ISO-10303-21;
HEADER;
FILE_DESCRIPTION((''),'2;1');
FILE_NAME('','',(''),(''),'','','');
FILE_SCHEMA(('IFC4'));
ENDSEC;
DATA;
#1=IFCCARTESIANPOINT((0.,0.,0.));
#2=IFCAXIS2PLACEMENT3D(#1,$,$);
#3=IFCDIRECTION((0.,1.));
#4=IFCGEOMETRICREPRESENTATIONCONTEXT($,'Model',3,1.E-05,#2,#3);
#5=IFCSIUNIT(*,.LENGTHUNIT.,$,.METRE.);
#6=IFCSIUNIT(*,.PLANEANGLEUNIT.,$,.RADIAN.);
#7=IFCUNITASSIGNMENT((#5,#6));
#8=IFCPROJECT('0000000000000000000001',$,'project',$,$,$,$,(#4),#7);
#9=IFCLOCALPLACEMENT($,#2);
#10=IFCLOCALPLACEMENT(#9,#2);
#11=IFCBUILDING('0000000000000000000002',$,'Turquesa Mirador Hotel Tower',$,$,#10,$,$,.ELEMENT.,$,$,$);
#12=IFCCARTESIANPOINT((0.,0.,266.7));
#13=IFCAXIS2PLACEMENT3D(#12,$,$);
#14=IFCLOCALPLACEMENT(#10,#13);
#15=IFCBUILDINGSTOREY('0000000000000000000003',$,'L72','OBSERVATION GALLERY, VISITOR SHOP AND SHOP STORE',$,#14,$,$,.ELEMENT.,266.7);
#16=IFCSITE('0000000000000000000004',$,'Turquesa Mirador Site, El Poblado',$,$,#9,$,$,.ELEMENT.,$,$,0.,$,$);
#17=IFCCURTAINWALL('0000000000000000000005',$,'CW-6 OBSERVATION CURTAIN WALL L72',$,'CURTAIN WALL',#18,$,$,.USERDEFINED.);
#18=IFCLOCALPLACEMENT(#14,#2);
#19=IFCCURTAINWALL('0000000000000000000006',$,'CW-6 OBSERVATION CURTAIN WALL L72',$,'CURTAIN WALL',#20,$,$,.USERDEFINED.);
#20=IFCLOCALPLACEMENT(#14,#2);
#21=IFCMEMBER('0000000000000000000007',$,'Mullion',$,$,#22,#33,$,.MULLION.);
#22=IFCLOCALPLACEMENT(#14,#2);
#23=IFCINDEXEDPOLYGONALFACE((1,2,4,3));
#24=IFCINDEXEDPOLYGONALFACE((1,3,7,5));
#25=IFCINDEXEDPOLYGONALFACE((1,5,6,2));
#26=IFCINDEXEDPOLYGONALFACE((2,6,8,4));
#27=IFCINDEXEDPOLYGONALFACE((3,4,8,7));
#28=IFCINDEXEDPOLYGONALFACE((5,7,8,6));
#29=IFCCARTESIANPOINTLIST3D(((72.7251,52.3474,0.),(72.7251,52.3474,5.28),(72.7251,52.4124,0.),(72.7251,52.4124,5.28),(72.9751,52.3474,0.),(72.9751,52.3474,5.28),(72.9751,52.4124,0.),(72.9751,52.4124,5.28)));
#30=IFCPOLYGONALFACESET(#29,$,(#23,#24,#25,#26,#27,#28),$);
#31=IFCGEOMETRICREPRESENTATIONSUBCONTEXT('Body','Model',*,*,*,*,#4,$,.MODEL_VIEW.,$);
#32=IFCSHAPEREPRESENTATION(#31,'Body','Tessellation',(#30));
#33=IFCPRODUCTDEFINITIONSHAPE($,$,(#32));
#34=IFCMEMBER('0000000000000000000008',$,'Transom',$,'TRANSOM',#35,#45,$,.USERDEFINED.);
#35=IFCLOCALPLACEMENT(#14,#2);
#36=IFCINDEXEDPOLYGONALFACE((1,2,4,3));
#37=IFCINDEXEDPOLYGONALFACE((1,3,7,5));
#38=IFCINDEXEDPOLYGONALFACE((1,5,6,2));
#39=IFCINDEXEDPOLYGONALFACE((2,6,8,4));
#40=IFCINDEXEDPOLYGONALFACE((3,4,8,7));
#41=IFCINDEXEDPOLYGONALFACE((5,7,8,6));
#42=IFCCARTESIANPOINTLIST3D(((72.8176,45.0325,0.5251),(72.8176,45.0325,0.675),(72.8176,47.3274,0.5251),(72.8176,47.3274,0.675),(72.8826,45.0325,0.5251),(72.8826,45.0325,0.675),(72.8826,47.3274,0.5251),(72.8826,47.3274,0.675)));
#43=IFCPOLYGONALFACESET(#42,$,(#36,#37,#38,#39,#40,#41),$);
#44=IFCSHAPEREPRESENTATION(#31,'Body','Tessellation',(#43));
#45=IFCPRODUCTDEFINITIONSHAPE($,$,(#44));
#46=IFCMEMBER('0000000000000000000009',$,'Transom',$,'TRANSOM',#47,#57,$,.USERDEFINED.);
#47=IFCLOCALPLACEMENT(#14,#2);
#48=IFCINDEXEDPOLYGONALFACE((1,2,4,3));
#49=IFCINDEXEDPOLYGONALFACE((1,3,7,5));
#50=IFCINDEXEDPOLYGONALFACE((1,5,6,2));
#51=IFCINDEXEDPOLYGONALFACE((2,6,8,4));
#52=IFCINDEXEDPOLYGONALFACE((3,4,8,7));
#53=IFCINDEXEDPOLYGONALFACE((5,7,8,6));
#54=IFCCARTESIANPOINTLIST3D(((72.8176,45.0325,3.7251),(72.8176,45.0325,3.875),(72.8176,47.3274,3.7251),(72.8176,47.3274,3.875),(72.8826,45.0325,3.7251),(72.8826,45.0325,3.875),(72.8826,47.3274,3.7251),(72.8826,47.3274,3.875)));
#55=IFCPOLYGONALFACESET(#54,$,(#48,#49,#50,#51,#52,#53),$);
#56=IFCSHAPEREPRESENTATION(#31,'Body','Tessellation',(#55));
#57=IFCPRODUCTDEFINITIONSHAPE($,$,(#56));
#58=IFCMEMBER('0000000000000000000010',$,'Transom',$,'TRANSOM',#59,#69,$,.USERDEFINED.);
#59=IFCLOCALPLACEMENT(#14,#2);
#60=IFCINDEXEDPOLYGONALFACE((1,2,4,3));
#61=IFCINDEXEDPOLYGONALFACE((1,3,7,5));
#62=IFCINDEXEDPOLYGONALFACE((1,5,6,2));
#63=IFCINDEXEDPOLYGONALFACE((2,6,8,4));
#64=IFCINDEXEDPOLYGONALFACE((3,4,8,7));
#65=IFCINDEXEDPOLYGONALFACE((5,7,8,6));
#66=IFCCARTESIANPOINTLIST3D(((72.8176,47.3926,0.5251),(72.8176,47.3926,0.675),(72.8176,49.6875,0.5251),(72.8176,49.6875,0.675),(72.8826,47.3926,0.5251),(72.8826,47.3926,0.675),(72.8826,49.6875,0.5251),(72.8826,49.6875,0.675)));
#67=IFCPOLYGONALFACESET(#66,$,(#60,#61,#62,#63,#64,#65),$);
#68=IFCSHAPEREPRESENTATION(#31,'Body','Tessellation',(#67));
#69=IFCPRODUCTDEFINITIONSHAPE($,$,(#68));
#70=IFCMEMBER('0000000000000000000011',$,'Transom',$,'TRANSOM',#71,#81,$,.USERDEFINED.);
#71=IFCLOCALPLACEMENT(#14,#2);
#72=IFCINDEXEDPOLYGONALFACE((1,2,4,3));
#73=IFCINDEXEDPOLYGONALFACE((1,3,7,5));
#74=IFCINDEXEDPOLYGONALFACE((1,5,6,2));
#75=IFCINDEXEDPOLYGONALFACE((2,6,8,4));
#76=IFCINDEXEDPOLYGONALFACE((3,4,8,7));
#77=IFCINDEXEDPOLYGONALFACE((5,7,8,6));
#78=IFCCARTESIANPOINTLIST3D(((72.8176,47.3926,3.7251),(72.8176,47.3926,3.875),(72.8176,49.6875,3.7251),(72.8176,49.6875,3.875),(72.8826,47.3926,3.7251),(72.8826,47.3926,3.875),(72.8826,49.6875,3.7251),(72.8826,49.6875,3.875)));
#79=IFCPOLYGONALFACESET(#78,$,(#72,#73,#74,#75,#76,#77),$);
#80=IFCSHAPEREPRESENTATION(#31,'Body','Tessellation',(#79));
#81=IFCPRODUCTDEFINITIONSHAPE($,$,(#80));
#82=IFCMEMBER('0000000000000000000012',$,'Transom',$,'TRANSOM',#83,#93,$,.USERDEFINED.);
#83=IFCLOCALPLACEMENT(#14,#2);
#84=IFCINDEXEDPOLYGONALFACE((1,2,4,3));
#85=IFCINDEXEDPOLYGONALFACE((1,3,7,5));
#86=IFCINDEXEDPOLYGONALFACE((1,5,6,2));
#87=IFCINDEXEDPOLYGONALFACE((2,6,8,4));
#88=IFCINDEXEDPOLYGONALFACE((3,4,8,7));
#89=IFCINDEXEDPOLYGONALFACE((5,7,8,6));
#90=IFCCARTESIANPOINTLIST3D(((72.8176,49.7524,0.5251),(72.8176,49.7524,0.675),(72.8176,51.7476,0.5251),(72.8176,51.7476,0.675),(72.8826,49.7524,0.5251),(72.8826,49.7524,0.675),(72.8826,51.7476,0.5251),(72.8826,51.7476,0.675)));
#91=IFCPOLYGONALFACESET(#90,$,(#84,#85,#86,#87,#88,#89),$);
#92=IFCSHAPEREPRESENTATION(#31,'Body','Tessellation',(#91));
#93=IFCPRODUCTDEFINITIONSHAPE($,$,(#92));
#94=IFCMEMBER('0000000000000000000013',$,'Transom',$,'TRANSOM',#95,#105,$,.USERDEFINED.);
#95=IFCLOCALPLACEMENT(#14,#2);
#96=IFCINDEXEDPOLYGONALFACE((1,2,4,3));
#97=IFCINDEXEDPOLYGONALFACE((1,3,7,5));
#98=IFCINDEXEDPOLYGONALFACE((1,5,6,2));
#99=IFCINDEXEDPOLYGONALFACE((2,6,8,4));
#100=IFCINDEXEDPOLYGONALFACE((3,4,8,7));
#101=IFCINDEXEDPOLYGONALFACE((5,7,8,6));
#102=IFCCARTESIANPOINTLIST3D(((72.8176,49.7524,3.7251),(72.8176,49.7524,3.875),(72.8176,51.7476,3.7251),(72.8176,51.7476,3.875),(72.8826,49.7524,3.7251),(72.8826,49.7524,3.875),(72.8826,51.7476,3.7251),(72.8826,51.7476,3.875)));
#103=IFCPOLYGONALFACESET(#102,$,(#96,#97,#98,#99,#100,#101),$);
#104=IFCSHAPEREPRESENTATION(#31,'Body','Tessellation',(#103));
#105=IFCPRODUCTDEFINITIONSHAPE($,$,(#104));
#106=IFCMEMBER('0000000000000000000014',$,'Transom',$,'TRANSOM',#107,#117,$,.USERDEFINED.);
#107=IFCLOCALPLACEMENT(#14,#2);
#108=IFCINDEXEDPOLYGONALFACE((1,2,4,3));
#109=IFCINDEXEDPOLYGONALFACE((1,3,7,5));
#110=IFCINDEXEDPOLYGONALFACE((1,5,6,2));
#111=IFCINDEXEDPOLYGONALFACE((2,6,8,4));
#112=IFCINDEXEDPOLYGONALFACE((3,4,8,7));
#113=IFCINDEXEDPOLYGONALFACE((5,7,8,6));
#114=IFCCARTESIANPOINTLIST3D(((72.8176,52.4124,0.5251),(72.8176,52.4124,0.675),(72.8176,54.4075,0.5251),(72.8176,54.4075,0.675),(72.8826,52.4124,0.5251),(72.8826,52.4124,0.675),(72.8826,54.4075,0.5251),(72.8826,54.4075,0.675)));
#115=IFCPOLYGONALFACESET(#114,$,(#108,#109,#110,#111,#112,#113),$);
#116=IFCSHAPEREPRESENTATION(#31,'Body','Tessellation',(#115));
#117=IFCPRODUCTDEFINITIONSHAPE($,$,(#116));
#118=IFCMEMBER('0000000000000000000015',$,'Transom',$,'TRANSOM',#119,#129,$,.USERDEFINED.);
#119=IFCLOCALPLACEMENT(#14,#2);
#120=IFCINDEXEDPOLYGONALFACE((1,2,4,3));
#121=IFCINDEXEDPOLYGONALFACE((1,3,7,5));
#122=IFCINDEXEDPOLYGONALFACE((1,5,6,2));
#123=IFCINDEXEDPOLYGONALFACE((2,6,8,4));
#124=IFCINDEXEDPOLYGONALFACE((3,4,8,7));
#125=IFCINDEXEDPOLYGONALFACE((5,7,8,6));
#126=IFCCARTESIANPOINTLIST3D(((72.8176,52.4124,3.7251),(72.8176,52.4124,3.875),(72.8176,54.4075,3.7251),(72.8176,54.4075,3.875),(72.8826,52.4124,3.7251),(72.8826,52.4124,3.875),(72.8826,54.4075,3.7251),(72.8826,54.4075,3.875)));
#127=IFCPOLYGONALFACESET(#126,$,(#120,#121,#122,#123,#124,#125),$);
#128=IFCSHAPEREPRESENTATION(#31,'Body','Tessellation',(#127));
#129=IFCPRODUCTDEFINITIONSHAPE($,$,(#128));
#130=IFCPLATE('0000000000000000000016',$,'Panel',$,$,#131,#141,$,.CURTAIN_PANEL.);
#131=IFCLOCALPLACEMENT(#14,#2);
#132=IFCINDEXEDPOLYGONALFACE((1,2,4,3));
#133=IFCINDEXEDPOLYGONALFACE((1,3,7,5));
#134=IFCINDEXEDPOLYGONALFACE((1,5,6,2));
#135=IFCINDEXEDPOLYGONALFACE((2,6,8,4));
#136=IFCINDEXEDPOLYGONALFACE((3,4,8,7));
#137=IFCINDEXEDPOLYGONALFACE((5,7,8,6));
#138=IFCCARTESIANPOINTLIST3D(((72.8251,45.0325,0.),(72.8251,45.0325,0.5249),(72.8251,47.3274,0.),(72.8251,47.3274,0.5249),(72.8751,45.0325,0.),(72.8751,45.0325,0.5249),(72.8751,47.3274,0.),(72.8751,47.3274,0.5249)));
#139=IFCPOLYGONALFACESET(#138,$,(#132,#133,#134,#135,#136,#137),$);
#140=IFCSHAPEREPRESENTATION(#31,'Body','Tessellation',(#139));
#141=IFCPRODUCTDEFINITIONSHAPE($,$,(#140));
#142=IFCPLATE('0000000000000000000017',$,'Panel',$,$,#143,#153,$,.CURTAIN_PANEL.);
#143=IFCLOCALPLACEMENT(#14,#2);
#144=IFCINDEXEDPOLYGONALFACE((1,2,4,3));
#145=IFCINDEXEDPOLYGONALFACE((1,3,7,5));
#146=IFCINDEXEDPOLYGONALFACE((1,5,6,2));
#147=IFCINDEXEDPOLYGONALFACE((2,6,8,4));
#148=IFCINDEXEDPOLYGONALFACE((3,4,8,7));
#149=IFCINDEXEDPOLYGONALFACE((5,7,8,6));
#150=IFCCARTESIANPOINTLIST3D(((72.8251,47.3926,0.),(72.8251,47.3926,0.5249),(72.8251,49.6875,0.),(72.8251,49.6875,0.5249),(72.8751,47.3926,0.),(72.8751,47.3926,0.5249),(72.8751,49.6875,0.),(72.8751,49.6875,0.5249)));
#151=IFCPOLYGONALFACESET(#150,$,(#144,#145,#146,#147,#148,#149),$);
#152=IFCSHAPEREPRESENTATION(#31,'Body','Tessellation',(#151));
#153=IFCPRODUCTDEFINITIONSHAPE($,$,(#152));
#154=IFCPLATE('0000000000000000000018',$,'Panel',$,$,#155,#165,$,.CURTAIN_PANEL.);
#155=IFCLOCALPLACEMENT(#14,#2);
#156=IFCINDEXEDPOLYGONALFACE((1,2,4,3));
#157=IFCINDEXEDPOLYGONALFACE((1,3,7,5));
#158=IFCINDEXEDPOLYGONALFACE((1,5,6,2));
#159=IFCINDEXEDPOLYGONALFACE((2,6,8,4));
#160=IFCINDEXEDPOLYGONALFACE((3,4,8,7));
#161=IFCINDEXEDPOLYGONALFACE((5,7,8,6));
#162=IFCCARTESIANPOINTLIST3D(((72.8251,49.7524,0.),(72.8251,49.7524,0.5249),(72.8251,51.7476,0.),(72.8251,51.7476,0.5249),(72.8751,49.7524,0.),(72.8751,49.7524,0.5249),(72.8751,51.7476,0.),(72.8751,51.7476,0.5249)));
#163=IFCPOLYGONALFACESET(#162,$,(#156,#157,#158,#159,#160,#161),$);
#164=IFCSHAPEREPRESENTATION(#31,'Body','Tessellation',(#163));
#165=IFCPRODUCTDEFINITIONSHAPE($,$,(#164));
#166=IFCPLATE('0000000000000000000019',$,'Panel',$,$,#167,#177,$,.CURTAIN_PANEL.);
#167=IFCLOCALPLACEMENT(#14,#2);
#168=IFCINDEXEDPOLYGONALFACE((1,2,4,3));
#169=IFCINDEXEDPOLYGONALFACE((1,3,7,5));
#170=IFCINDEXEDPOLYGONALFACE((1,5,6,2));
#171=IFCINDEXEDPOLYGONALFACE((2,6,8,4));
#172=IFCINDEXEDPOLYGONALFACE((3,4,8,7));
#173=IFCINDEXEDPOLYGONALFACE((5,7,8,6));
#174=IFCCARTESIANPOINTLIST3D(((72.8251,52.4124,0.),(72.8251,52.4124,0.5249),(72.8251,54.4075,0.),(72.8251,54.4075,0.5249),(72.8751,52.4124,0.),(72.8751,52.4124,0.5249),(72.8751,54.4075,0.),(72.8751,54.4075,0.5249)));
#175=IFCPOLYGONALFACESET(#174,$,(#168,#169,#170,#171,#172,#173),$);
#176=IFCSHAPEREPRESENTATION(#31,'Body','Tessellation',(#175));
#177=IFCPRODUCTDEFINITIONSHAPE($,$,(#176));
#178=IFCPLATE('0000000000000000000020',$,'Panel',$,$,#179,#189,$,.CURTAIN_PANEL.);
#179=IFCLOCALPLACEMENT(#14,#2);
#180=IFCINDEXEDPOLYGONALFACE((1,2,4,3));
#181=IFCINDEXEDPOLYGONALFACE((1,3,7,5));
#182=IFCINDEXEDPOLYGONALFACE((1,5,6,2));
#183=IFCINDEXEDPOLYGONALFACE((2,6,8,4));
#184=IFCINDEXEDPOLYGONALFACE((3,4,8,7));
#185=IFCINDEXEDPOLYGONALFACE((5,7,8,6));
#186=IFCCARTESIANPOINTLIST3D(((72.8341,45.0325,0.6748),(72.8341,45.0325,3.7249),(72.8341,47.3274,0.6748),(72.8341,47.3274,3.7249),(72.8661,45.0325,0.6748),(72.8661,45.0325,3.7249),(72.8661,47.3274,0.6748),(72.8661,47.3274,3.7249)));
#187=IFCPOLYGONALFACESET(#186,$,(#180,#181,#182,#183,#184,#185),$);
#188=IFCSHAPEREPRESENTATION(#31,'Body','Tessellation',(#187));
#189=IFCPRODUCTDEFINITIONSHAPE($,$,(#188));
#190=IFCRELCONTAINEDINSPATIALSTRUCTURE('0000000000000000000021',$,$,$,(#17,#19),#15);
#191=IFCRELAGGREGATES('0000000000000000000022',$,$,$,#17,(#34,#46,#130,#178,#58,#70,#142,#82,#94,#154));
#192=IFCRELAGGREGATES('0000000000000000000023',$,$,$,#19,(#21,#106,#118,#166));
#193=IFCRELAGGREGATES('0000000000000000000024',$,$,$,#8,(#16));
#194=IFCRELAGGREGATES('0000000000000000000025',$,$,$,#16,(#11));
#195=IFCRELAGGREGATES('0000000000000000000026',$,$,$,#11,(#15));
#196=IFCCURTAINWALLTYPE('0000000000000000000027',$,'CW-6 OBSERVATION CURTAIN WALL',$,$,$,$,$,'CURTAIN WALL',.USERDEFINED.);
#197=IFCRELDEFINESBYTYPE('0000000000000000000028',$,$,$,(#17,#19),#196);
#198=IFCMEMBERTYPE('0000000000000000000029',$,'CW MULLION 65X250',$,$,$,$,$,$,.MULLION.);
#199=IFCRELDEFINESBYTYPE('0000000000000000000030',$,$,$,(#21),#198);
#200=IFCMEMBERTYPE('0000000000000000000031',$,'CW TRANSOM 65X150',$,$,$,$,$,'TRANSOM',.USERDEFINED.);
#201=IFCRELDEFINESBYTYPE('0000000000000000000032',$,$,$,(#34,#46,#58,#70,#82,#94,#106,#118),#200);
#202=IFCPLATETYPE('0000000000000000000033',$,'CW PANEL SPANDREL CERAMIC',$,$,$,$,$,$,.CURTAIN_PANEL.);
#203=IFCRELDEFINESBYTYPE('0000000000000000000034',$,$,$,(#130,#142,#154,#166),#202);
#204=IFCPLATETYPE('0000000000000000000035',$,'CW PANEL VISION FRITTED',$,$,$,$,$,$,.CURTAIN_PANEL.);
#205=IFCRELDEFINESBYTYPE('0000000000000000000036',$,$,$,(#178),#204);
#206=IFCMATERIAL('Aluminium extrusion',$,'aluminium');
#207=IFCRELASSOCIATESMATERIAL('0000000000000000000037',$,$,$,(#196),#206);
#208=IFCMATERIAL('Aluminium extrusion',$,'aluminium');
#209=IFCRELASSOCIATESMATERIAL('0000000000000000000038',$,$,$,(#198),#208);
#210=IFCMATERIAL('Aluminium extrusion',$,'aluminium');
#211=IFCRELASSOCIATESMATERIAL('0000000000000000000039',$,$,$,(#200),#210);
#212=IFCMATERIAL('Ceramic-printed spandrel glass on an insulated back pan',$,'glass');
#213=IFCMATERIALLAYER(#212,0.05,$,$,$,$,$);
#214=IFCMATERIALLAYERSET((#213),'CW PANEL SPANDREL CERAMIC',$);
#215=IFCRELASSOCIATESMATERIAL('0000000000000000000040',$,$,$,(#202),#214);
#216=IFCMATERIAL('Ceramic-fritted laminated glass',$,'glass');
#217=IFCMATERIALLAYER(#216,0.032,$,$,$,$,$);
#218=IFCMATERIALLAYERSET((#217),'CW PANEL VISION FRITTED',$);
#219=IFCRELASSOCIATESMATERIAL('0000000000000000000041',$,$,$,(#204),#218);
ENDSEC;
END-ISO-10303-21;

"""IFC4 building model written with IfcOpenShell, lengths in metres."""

from ifc_helpers import new_model, si_unit, direction, frame, origin, origin_2d, place, context, subcontext, project, spatial, rectangle, extrude, material, layer, layer_set, material_profile, profile_set, type_object, element, aggregate, save


model = new_model("IFC4")

# Units and contexts
model_context = context("Model", 3, precision=1e-05, world=origin(), true_north=direction((0.0, 1.0)))
body_context = subcontext(model_context, "Body", "Model", "MODEL_VIEW")
ifc_project = project(units=[si_unit("LENGTHUNIT", "METRE"), si_unit("PLANEANGLEUNIT", "RADIAN")], contexts=[model_context])

# Site, building, storey
site_placement = place(None, origin())
site = spatial("IfcSite", under=ifc_project, at=site_placement, Name="Turquesa Mirador Site, El Poblado", CompositionType="ELEMENT", RefElevation=0.0)
building_placement = place(site_placement, origin())
building = spatial("IfcBuilding", under=site, at=building_placement, Name="Turquesa Mirador Hotel Tower", CompositionType="ELEMENT")
storey_placement = place(building_placement, frame((0.0, 0.0, 266.7)))
storey = spatial("IfcBuildingStorey", under=building, at=storey_placement, Name="L72", Description="OBSERVATION GALLERY, VISITOR SHOP AND SHOP STORE", CompositionType="ELEMENT", Elevation=266.7)

# Curtain wall
ifc_material_1 = material(Name="Aluminium extrusion", Category="aluminium")
curtain_wall_type = type_object("IfcCurtainWallType", Name="CW-6 OBSERVATION CURTAIN WALL", ElementType="CURTAIN WALL", PredefinedType="USERDEFINED", material=ifc_material_1)
curtain_wall_1_placement = place(storey_placement, origin())
curtain_wall_1 = element("IfcCurtainWall", 1, at=curtain_wall_1_placement, inside=storey, type_object=curtain_wall_type, Name="CW-6 OBSERVATION CURTAIN WALL L72", ObjectType="CURTAIN WALL", PredefinedType="USERDEFINED")
ifc_material_2 = material(Name="Aluminium extrusion", Category="aluminium")
ifc_material_profile_1 = material_profile(ifc_material_2, rectangle(XDim=0.0649, YDim=0.25, at=origin_2d()), Name="MULLION 65X250")
ifc_profile_set_1 = profile_set([ifc_material_profile_1], Name="Aluminium extrusion")
member_type_1 = type_object("IfcMemberType", Name="CW MULLION 65X250", PredefinedType="MULLION", material=ifc_profile_set_1)

# Curtain wall, member
curtain_wall_2_placement = place(storey_placement, origin())
curtain_wall_2 = element("IfcCurtainWall", 2, at=curtain_wall_2_placement, inside=storey, type_object=curtain_wall_type, Name="CW-6 OBSERVATION CURTAIN WALL L72", ObjectType="CURTAIN WALL", PredefinedType="USERDEFINED")
member_1_placement = place(storey_placement, frame((72.8501, 52.3799, 0.0), z_axis=(0.0, 0.0, 1.0), x_axis=(0.0, 1.0, 0.0)))
member_1 = element("IfcMember", 3, at=member_1_placement, type_object=member_type_1, Name="Mullion", PredefinedType="MULLION", context=body_context, shape_type="SweptSolid", body=[
    extrude(rectangle(XDim=0.0649, YDim=0.25, at=origin_2d()), origin(), (0.0, 0.0, 1.0), 5.28),
])

# Members
ifc_material_3 = material(Name="Aluminium extrusion", Category="aluminium")
ifc_material_profile_2 = material_profile(ifc_material_3, rectangle(XDim=0.0649, YDim=0.1499, at=origin_2d()), Name="TRANSOM 65X150")
ifc_profile_set_2 = profile_set([ifc_material_profile_2], Name="Aluminium extrusion")
member_type_2 = type_object("IfcMemberType", Name="CW TRANSOM 65X150", ElementType="TRANSOM", PredefinedType="USERDEFINED", material=ifc_profile_set_2)
member_2_placement = place(storey_placement, frame((72.8501, 45.0325, 0.6001), z_axis=(0.0, 1.0, 0.0), x_axis=(-1.0, 0.0, 0.0)))
member_2 = element("IfcMember", 4, at=member_2_placement, type_object=member_type_2, Name="Transom", ObjectType="TRANSOM", PredefinedType="USERDEFINED", context=body_context, shape_type="SweptSolid", body=[
    extrude(rectangle(XDim=0.0649, YDim=0.1499, at=origin_2d()), origin(), (0.0, 0.0, 1.0), 2.2949),
])
member_3_placement = place(storey_placement, frame((72.8501, 45.0325, 3.8), z_axis=(0.0, 1.0, 0.0), x_axis=(-1.0, 0.0, 0.0)))
member_3 = element("IfcMember", 5, at=member_3_placement, type_object=member_type_2, Name="Transom", ObjectType="TRANSOM", PredefinedType="USERDEFINED", context=body_context, shape_type="SweptSolid", body=[
    extrude(rectangle(XDim=0.0649, YDim=0.1499, at=origin_2d()), origin(), (0.0, 0.0, 1.0), 2.2949),
])
member_4_placement = place(storey_placement, frame((72.8501, 47.3926, 0.6001), z_axis=(0.0, 1.0, 0.0), x_axis=(-1.0, 0.0, 0.0)))
member_4 = element("IfcMember", 6, at=member_4_placement, type_object=member_type_2, Name="Transom", ObjectType="TRANSOM", PredefinedType="USERDEFINED", context=body_context, shape_type="SweptSolid", body=[
    extrude(rectangle(XDim=0.0649, YDim=0.1499, at=origin_2d()), origin(), (0.0, 0.0, 1.0), 2.2949),
])
member_5_placement = place(storey_placement, frame((72.8501, 47.3926, 3.8), z_axis=(0.0, 1.0, 0.0), x_axis=(-1.0, 0.0, 0.0)))
member_5 = element("IfcMember", 7, at=member_5_placement, type_object=member_type_2, Name="Transom", ObjectType="TRANSOM", PredefinedType="USERDEFINED", context=body_context, shape_type="SweptSolid", body=[
    extrude(rectangle(XDim=0.0649, YDim=0.1499, at=origin_2d()), origin(), (0.0, 0.0, 1.0), 2.2949),
])
member_6_placement = place(storey_placement, frame((72.8501, 49.7524, 0.6001), z_axis=(0.0, 1.0, 0.0), x_axis=(-1.0, 0.0, 0.0)))
member_6 = element("IfcMember", 8, at=member_6_placement, type_object=member_type_2, Name="Transom", ObjectType="TRANSOM", PredefinedType="USERDEFINED", context=body_context, shape_type="SweptSolid", body=[
    extrude(rectangle(XDim=0.0649, YDim=0.1499, at=origin_2d()), origin(), (0.0, 0.0, 1.0), 1.9951),
])
member_7_placement = place(storey_placement, frame((72.8501, 49.7524, 3.8), z_axis=(0.0, 1.0, 0.0), x_axis=(-1.0, 0.0, 0.0)))
member_7 = element("IfcMember", 9, at=member_7_placement, type_object=member_type_2, Name="Transom", ObjectType="TRANSOM", PredefinedType="USERDEFINED", context=body_context, shape_type="SweptSolid", body=[
    extrude(rectangle(XDim=0.0649, YDim=0.1499, at=origin_2d()), origin(), (0.0, 0.0, 1.0), 1.9951),
])
member_8_placement = place(storey_placement, frame((72.8501, 52.4124, 0.6001), z_axis=(0.0, 1.0, 0.0), x_axis=(-1.0, 0.0, 0.0)))
member_8 = element("IfcMember", 10, at=member_8_placement, type_object=member_type_2, Name="Transom", ObjectType="TRANSOM", PredefinedType="USERDEFINED", context=body_context, shape_type="SweptSolid", body=[
    extrude(rectangle(XDim=0.0649, YDim=0.1499, at=origin_2d()), origin(), (0.0, 0.0, 1.0), 1.9951),
])
member_9_placement = place(storey_placement, frame((72.8501, 52.4124, 3.8), z_axis=(0.0, 1.0, 0.0), x_axis=(-1.0, 0.0, 0.0)))
member_9 = element("IfcMember", 11, at=member_9_placement, type_object=member_type_2, Name="Transom", ObjectType="TRANSOM", PredefinedType="USERDEFINED", context=body_context, shape_type="SweptSolid", body=[
    extrude(rectangle(XDim=0.0649, YDim=0.1499, at=origin_2d()), origin(), (0.0, 0.0, 1.0), 1.9951),
])

# Plates
ifc_material_4 = material(Name="Ceramic-printed spandrel glass on an insulated back pan", Category="glass")
ifc_layer_1 = layer(ifc_material_4, 0.05)
ifc_layer_set_1 = layer_set([ifc_layer_1], Name="CW PANEL SPANDREL CERAMIC")
plate_type_1 = type_object("IfcPlateType", Name="CW PANEL SPANDREL CERAMIC", PredefinedType="CURTAIN_PANEL", material=ifc_layer_set_1)
plate_1_placement = place(storey_placement, frame((72.8501, 46.1799, 0.0), z_axis=(0.0, 0.0, 1.0), x_axis=(0.0, 1.0, 0.0)))
plate_1 = element("IfcPlate", 12, at=plate_1_placement, type_object=plate_type_1, Name="Panel", PredefinedType="CURTAIN_PANEL", context=body_context, shape_type="SweptSolid", body=[
    extrude(rectangle(XDim=2.2949, YDim=0.05, at=origin_2d()), origin(), (0.0, 0.0, 1.0), 0.5249),
])
plate_2_placement = place(storey_placement, frame((72.8501, 48.54, 0.0), z_axis=(0.0, 0.0, 1.0), x_axis=(0.0, 1.0, 0.0)))
plate_2 = element("IfcPlate", 13, at=plate_2_placement, type_object=plate_type_1, Name="Panel", PredefinedType="CURTAIN_PANEL", context=body_context, shape_type="SweptSolid", body=[
    extrude(rectangle(XDim=2.2949, YDim=0.05, at=origin_2d()), origin(), (0.0, 0.0, 1.0), 0.5249),
])
plate_3_placement = place(storey_placement, frame((72.8501, 50.75, 0.0), z_axis=(0.0, 0.0, 1.0), x_axis=(0.0, 1.0, 0.0)))
plate_3 = element("IfcPlate", 14, at=plate_3_placement, type_object=plate_type_1, Name="Panel", PredefinedType="CURTAIN_PANEL", context=body_context, shape_type="SweptSolid", body=[
    extrude(rectangle(XDim=1.9951, YDim=0.05, at=origin_2d()), origin(), (0.0, 0.0, 1.0), 0.5249),
])
plate_4_placement = place(storey_placement, frame((72.8501, 53.4099, 0.0), z_axis=(0.0, 0.0, 1.0), x_axis=(0.0, 1.0, 0.0)))
plate_4 = element("IfcPlate", 15, at=plate_4_placement, type_object=plate_type_1, Name="Panel", PredefinedType="CURTAIN_PANEL", context=body_context, shape_type="SweptSolid", body=[
    extrude(rectangle(XDim=1.9951, YDim=0.05, at=origin_2d()), origin(), (0.0, 0.0, 1.0), 0.5249),
])
ifc_material_5 = material(Name="Ceramic-fritted laminated glass", Category="glass")
ifc_layer_2 = layer(ifc_material_5, 0.032)
ifc_layer_set_2 = layer_set([ifc_layer_2], Name="CW PANEL VISION FRITTED")
plate_type_2 = type_object("IfcPlateType", Name="CW PANEL VISION FRITTED", PredefinedType="CURTAIN_PANEL", material=ifc_layer_set_2)
plate_5_placement = place(storey_placement, frame((72.8501, 46.1799, 0.6748), z_axis=(0.0, 0.0, 1.0), x_axis=(0.0, 1.0, 0.0)))
plate_5 = element("IfcPlate", 16, at=plate_5_placement, type_object=plate_type_2, Name="Panel", PredefinedType="CURTAIN_PANEL", context=body_context, shape_type="SweptSolid", body=[
    extrude(rectangle(XDim=2.2949, YDim=0.032, at=origin_2d()), origin(), (0.0, 0.0, 1.0), 3.05),
])
aggregate(curtain_wall_1, [member_2, member_3, plate_1, plate_5, member_4, member_5, plate_2, member_6, member_7, plate_3])
aggregate(curtain_wall_2, [member_1, member_8, member_9, plate_4])

save(model, "model.ifc")
